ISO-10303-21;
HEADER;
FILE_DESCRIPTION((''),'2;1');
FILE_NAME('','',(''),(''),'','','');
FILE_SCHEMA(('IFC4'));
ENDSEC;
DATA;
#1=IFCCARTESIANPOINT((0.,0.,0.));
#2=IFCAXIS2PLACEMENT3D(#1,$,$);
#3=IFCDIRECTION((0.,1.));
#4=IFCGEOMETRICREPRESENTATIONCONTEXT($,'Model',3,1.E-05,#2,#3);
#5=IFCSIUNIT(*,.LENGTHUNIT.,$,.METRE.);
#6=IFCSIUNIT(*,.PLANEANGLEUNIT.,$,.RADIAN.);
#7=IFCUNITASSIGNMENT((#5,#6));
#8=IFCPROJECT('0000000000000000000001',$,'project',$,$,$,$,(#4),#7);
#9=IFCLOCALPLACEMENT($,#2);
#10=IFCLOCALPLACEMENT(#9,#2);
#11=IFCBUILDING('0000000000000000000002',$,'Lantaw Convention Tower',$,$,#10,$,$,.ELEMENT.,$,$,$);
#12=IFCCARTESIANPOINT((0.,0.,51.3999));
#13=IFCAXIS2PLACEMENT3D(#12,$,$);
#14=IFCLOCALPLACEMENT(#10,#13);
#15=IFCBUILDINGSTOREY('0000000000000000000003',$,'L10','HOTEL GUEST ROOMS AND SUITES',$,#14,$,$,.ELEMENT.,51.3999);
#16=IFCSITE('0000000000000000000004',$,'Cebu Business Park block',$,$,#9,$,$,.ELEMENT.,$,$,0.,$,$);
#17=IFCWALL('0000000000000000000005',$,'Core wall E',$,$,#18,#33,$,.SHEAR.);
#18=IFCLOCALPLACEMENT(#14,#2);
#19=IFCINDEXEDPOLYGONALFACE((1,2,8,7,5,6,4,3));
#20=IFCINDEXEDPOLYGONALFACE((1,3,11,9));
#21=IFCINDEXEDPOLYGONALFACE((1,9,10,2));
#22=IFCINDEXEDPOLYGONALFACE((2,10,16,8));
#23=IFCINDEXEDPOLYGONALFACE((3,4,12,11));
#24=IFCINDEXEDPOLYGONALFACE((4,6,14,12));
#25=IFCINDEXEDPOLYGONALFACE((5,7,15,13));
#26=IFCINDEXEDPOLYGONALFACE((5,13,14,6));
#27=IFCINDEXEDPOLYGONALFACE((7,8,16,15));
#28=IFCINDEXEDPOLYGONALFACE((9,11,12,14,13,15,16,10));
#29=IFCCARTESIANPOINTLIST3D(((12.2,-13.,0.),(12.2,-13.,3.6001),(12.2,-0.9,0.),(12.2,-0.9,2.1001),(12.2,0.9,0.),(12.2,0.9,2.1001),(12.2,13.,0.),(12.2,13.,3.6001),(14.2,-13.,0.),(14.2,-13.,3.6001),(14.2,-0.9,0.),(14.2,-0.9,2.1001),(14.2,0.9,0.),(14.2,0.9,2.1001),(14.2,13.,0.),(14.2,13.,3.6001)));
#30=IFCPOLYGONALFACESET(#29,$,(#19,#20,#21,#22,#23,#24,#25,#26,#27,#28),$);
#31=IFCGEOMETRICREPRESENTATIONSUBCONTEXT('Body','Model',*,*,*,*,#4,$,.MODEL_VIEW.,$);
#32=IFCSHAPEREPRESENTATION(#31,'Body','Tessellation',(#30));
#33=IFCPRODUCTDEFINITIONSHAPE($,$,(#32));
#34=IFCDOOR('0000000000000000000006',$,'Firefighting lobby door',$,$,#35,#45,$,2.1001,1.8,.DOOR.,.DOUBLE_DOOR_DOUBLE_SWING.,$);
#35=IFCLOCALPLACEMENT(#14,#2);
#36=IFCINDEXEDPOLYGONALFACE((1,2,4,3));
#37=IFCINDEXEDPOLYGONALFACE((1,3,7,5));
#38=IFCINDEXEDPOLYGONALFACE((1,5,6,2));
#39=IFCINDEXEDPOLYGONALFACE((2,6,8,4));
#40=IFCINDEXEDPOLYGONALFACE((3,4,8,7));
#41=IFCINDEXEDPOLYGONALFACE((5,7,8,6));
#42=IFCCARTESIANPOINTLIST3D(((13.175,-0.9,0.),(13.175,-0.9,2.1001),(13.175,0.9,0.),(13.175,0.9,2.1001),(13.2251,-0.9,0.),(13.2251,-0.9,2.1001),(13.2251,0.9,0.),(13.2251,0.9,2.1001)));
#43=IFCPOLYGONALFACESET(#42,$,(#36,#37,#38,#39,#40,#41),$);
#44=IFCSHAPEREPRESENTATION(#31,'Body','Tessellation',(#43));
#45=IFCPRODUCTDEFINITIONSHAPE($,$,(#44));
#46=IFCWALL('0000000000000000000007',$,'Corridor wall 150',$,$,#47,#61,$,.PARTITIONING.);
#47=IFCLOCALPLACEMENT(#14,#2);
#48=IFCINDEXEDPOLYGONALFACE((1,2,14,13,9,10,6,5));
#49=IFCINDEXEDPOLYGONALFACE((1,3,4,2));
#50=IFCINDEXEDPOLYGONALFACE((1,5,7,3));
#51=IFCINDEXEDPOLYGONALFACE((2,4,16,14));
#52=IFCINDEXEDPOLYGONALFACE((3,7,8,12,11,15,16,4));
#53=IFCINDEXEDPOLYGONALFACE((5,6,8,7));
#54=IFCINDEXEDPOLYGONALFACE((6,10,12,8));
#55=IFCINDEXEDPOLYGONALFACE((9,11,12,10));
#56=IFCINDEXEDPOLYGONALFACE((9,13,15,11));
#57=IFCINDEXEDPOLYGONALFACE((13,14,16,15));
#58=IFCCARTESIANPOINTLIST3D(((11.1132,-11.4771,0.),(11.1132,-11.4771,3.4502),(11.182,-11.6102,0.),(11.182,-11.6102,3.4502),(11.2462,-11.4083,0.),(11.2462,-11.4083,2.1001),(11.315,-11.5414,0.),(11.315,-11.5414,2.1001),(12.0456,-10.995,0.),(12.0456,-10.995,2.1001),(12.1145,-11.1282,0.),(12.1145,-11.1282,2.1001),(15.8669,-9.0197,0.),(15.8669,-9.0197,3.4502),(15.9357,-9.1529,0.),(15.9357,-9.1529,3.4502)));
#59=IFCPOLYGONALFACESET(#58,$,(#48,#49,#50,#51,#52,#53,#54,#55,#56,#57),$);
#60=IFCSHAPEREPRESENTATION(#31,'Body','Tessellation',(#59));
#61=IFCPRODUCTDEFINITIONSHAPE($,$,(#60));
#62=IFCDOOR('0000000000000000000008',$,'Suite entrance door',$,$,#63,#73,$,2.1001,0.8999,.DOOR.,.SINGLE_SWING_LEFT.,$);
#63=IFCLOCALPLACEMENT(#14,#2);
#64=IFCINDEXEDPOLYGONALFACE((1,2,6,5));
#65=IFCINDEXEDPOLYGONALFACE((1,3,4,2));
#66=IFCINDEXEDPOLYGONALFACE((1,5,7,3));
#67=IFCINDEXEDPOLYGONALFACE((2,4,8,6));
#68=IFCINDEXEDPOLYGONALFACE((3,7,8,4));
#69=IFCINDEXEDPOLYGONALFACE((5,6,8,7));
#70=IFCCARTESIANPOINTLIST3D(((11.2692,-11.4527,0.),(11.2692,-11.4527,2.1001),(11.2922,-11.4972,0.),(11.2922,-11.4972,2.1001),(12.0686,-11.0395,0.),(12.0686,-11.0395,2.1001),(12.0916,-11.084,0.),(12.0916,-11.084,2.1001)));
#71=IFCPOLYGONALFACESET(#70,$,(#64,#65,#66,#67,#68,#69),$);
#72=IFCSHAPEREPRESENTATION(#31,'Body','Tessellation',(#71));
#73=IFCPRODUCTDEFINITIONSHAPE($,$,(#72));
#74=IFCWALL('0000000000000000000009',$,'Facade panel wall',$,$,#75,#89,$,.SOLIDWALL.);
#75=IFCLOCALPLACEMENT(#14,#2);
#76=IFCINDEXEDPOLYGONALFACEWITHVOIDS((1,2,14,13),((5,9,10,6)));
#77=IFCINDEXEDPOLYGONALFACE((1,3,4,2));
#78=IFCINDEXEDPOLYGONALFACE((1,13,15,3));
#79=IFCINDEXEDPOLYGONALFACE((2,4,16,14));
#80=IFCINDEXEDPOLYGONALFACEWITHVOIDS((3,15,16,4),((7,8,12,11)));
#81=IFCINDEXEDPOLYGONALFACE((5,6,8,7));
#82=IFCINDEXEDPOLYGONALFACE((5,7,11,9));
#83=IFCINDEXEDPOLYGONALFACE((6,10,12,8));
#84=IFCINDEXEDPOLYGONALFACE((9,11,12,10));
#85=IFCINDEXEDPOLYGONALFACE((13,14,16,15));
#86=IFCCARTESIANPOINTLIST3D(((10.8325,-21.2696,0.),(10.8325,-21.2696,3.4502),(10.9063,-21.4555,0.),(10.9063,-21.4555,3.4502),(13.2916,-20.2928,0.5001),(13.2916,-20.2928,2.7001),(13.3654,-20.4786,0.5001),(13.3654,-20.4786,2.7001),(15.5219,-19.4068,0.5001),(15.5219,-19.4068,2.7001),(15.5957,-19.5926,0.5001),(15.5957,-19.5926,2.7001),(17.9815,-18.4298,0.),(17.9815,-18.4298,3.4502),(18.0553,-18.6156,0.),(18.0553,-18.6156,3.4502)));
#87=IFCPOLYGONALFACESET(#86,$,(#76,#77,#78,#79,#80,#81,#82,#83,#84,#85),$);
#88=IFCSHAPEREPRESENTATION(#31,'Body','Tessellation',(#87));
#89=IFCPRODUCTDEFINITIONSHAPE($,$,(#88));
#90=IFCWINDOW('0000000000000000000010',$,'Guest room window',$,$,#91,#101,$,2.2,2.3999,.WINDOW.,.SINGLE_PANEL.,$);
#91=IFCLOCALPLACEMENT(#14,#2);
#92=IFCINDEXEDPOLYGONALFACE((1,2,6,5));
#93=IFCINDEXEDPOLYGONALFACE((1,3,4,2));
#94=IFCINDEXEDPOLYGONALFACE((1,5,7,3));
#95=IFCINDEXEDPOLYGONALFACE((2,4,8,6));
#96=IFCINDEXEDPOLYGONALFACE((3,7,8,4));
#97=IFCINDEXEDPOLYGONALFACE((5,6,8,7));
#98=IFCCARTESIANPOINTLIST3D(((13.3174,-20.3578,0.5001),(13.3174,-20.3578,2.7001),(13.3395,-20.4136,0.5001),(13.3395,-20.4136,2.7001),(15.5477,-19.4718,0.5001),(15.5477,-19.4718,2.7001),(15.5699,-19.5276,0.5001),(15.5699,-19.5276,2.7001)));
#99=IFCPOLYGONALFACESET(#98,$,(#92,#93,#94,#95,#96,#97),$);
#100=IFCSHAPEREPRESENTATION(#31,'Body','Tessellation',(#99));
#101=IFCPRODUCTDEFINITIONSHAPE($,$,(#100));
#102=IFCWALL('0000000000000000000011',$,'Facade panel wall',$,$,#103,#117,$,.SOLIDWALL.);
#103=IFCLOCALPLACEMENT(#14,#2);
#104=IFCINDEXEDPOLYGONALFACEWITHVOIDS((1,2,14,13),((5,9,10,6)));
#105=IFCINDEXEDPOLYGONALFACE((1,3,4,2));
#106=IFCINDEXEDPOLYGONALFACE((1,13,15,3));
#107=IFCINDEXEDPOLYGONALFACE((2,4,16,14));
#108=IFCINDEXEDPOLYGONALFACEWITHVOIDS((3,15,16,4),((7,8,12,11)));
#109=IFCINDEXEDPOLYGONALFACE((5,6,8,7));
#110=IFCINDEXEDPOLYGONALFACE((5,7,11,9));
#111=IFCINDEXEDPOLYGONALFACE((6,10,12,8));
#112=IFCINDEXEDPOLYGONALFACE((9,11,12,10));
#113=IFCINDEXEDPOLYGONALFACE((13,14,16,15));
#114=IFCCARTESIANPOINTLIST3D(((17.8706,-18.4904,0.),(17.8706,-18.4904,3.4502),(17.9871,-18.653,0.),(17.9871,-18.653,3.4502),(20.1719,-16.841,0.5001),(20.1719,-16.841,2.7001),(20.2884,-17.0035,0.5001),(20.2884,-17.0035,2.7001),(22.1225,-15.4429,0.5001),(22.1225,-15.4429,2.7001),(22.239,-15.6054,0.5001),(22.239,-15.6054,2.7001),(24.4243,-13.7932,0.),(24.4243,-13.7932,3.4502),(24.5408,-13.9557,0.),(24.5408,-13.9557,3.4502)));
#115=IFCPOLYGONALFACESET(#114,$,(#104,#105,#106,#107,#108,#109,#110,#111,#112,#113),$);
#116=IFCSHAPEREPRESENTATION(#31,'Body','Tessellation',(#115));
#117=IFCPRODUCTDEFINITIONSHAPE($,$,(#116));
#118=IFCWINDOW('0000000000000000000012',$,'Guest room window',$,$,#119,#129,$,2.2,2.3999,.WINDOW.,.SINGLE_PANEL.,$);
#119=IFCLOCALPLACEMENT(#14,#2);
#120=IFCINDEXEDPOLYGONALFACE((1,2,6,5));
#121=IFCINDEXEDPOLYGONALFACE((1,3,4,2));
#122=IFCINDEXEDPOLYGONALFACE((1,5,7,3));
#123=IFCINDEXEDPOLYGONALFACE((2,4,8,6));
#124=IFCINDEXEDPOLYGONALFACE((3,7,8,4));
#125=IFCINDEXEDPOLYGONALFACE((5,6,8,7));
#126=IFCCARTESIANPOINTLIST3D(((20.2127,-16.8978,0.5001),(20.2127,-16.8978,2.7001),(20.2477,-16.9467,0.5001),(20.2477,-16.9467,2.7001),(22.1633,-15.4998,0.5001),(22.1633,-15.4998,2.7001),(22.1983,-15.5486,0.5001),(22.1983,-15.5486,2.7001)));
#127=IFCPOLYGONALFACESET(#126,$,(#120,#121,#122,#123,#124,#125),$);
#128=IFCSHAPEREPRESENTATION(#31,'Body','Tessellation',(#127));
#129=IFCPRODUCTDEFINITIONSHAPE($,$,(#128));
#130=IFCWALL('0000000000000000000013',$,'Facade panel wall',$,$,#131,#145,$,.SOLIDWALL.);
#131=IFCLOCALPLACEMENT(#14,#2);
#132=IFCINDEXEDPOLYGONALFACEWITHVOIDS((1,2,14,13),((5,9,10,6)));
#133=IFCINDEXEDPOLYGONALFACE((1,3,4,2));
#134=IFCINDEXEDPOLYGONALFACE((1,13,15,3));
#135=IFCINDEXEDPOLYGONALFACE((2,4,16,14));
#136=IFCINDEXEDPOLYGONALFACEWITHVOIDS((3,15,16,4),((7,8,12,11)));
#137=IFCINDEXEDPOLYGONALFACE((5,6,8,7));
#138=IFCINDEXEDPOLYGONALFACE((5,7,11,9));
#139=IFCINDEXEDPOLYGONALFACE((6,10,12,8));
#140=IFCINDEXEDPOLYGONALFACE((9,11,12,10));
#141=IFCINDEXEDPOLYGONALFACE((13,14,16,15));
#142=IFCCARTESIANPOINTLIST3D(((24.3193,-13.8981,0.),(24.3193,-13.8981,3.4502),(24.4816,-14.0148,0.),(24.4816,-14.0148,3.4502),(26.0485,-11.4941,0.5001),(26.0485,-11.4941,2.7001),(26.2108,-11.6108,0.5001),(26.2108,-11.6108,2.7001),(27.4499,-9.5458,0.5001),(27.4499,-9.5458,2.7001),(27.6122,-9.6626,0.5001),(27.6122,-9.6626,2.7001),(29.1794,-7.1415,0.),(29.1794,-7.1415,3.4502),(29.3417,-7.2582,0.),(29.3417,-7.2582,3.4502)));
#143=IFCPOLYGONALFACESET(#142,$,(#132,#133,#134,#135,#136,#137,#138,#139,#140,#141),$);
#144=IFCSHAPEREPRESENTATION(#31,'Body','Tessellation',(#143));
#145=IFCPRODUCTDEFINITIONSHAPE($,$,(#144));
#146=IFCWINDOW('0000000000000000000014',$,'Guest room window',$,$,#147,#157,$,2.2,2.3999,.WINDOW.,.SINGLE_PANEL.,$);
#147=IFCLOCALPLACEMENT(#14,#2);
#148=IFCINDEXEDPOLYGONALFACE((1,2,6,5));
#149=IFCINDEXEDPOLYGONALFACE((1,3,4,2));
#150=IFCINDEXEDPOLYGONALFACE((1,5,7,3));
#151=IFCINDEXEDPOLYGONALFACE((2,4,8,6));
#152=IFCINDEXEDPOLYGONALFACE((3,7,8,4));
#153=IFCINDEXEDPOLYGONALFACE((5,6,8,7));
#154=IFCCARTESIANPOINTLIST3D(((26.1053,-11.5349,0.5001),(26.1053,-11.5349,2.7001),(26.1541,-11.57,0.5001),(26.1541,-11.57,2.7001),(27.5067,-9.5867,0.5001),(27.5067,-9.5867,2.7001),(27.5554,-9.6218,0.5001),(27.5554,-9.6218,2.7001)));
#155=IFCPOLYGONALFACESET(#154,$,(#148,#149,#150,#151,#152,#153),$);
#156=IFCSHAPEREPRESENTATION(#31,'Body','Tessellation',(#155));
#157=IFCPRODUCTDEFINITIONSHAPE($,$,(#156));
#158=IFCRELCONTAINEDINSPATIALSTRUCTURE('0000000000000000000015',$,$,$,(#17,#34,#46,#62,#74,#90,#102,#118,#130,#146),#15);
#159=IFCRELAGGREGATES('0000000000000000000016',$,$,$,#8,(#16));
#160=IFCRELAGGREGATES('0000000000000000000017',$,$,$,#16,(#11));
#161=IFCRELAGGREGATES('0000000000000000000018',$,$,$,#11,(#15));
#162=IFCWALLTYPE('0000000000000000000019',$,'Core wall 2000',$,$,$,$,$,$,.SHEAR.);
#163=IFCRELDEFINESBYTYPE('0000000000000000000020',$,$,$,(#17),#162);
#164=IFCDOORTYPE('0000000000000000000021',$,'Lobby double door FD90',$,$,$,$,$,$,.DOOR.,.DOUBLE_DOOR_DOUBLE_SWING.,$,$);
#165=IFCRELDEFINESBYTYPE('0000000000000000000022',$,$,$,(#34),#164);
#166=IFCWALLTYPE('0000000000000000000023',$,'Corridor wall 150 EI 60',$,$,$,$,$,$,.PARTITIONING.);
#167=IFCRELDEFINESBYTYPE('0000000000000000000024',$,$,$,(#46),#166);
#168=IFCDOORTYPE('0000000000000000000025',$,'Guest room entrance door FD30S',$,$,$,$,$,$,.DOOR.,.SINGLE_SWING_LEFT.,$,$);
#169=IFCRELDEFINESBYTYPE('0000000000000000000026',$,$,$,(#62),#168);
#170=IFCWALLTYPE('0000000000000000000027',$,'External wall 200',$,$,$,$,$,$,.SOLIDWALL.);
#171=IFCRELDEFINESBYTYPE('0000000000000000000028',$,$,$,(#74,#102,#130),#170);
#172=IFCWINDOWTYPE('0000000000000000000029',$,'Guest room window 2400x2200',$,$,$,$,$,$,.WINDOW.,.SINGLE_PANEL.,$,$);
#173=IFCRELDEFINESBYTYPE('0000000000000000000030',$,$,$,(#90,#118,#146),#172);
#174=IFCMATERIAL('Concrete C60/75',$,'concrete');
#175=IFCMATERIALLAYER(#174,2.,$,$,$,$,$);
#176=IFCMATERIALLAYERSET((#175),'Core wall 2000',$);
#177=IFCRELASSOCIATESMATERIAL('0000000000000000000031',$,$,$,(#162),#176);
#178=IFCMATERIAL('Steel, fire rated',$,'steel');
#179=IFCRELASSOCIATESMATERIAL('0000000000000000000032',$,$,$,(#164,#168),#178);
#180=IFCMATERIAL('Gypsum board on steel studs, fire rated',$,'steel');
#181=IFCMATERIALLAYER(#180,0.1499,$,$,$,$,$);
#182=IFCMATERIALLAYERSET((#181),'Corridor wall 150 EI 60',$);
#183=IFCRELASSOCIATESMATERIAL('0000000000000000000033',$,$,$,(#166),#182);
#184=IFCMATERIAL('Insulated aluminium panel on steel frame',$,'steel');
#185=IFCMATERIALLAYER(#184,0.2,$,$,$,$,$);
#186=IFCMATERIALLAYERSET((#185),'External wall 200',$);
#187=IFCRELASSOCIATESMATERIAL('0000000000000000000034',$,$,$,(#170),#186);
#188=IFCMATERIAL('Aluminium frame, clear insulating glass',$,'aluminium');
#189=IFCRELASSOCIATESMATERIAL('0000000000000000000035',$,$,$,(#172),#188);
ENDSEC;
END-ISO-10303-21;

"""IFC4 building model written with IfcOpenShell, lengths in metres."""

from ifc_helpers import new_model, si_unit, direction, frame, frame_2d, origin, place, context, subcontext, project, spatial, rectangle, extrude, material, layer, layer_set, type_object, element, fill, save


model = new_model("IFC4")

# Units and contexts
model_context = context("Model", 3, precision=1e-05, world=origin(), true_north=direction((0.0, 1.0)))
body_context = subcontext(model_context, "Body", "Model", "MODEL_VIEW")
ifc_project = project(units=[si_unit("LENGTHUNIT", "METRE"), si_unit("PLANEANGLEUNIT", "RADIAN")], contexts=[model_context])

# Site, building, storey
site_placement = place(None, origin())
site = spatial("IfcSite", under=ifc_project, at=site_placement, Name="Cebu Business Park block", CompositionType="ELEMENT", RefElevation=0.0)
building_placement = place(site_placement, origin())
building = spatial("IfcBuilding", under=site, at=building_placement, Name="Lantaw Convention Tower", CompositionType="ELEMENT")
storey_placement = place(building_placement, frame((0.0, 0.0, 51.3999)))
storey = spatial("IfcBuildingStorey", under=building, at=storey_placement, Name="L10", Description="HOTEL GUEST ROOMS AND SUITES", CompositionType="ELEMENT", Elevation=51.3999)

# Shared definitions
ifc_material_1 = material(Name="Concrete C60/75", Category="concrete")

# Walls, openings, doors
ifc_layer_1 = layer(ifc_material_1, 2.0)
ifc_layer_set_1 = layer_set([ifc_layer_1], Name="Core wall 2000")
wall_type_1 = type_object("IfcWallType", Name="Core wall 2000", PredefinedType="SHEAR", material=ifc_layer_set_1)
wall_1_placement = place(storey_placement, frame((13.2, -13.0, 0.0), z_axis=(0.0, 0.0, 1.0), x_axis=(0.0, 1.0, 0.0)))
wall_1 = element("IfcWall", 1, at=wall_1_placement, inside=storey, type_object=wall_type_1, Name="Core wall E", PredefinedType="SHEAR", context=body_context, shape_type="SweptSolid", body=[
    extrude(rectangle(XDim=26.0, YDim=2.0, at=frame_2d((13.0, 0.0))), origin(), (0.0, 0.0, 1.0), 3.6001),
])
opening_1_placement = place(wall_1_placement, frame((12.1001, 0.0, 0.0)))
opening_1 = element("IfcOpeningElement", 2, at=opening_1_placement, cuts=wall_1, PredefinedType="OPENING", context=body_context, shape_type="SweptSolid", body=[
    extrude(rectangle(XDim=1.8, YDim=2.1001, at=frame_2d((0.8999, 1.05))), frame((0.0, 1.01, 0.0), z_axis=(0.0, -1.0, 0.0), x_axis=(1.0, 0.0, 0.0)), (0.0, 0.0, 1.0), 2.02),
])
ifc_material_2 = material(Name="Steel, fire rated", Category="steel")
door_type_1 = type_object("IfcDoorType", Name="Lobby double door FD90", OperationType="DOUBLE_DOOR_DOUBLE_SWING", PredefinedType="DOOR", material=ifc_material_2)
door_1_placement = place(opening_1_placement, origin())
door_1 = element("IfcDoor", 3, at=door_1_placement, inside=storey, type_object=door_type_1, Name="Firefighting lobby door", OperationType="DOUBLE_DOOR_DOUBLE_SWING", OverallHeight=2.1001, OverallWidth=1.8, PredefinedType="DOOR", context=body_context, shape_type="SweptSolid", body=[
    extrude(rectangle(XDim=1.8, YDim=2.1001, at=frame_2d((0.8999, 1.05))), frame((0.0, 0.0249, 0.0), z_axis=(0.0, -1.0, 0.0), x_axis=(1.0, 0.0, 0.0)), (0.0, 0.0, 1.0), 0.05),
])
fill(opening_1, door_1)
ifc_material_3 = material(Name="Gypsum board on steel studs, fire rated", Category="steel")
ifc_layer_2 = layer(ifc_material_3, 0.1499)
ifc_layer_set_2 = layer_set([ifc_layer_2], Name="Corridor wall 150 EI 60")
wall_type_2 = type_object("IfcWallType", Name="Corridor wall 150 EI 60", PredefinedType="PARTITIONING", material=ifc_layer_set_2)
wall_2_placement = place(storey_placement, frame((11.1475, -11.5437, 0.0), z_axis=(0.0, 0.0, 1.0), x_axis=(0.888333, 0.459199, 0.0)))
wall_2 = element("IfcWall", 4, at=wall_2_placement, inside=storey, type_object=wall_type_2, Name="Corridor wall 150", PredefinedType="PARTITIONING", context=body_context, shape_type="SweptSolid", body=[
    extrude(rectangle(XDim=5.3513, YDim=0.1499, at=frame_2d((2.6758, 0.0))), origin(), (0.0, 0.0, 1.0), 3.4502),
])
opening_2_placement = place(wall_2_placement, frame((0.1499, 0.0, 0.0)))
opening_2 = element("IfcOpeningElement", 5, at=opening_2_placement, cuts=wall_2, PredefinedType="OPENING", context=body_context, shape_type="SweptSolid", body=[
    extrude(rectangle(XDim=0.8999, YDim=2.1001, at=frame_2d((0.45, 1.05))), frame((0.0, 0.085, 0.0), z_axis=(0.0, -1.0, 0.0), x_axis=(1.0, 0.0, 0.0)), (0.0, 0.0, 1.0), 0.1699),
])
door_type_2 = type_object("IfcDoorType", Name="Guest room entrance door FD30S", OperationType="SINGLE_SWING_LEFT", PredefinedType="DOOR", material=ifc_material_2)
door_2_placement = place(opening_2_placement, origin())
door_2 = element("IfcDoor", 6, at=door_2_placement, inside=storey, type_object=door_type_2, Name="Suite entrance door", OperationType="SINGLE_SWING_LEFT", OverallHeight=2.1001, OverallWidth=0.8999, PredefinedType="DOOR", context=body_context, shape_type="SweptSolid", body=[
    extrude(rectangle(XDim=0.8999, YDim=2.1001, at=frame_2d((0.45, 1.05))), frame((0.0, 0.0249, 0.0), z_axis=(0.0, -1.0, 0.0), x_axis=(1.0, 0.0, 0.0)), (0.0, 0.0, 1.0), 0.05),
])
fill(opening_2, door_2)

# Walls, openings, windows
ifc_material_4 = material(Name="Insulated aluminium panel on steel frame", Category="steel")
ifc_layer_3 = layer(ifc_material_4, 0.2)
ifc_layer_set_3 = layer_set([ifc_layer_3], Name="External wall 200")
wall_type_3 = type_object("IfcWallType", Name="External wall 200", PredefinedType="SOLIDWALL", material=ifc_layer_set_3)
wall_3_placement = place(storey_placement, frame((10.8694, -21.3625, 0.0), z_axis=(0.0, 0.0, 1.0), x_axis=(0.929358, 0.369179, 0.0)))
wall_3 = element("IfcWall", 7, at=wall_3_placement, inside=storey, type_object=wall_type_3, Name="Facade panel wall", PredefinedType="SOLIDWALL", context=body_context, shape_type="SweptSolid", body=[
    extrude(rectangle(XDim=7.6924, YDim=0.2, at=frame_2d((3.8462, 0.0))), origin(), (0.0, 0.0, 1.0), 3.4502),
])
opening_3_placement = place(wall_3_placement, frame((2.646, 0.0, 0.5)))
opening_3 = element("IfcOpeningElement", 8, at=opening_3_placement, cuts=wall_3, PredefinedType="OPENING", context=body_context, shape_type="SweptSolid", body=[
    extrude(rectangle(XDim=2.3999, YDim=2.2, at=frame_2d((1.2, 1.1001))), frame((0.0, 0.1099, 0.0), z_axis=(0.0, -1.0, 0.0), x_axis=(1.0, 0.0, 0.0)), (0.0, 0.0, 1.0), 0.22),
])
ifc_material_5 = material(Name="Aluminium frame, clear insulating glass", Category="aluminium")
window_type = type_object("IfcWindowType", Name="Guest room window 2400x2200", PartitioningType="SINGLE_PANEL", PredefinedType="WINDOW", material=ifc_material_5)
window_1_placement = place(opening_3_placement, origin())
window_1 = element("IfcWindow", 9, at=window_1_placement, inside=storey, type_object=window_type, Name="Guest room window", OverallHeight=2.2, OverallWidth=2.3999, PartitioningType="SINGLE_PANEL", PredefinedType="WINDOW", context=body_context, shape_type="SweptSolid", body=[
    extrude(rectangle(XDim=2.3999, YDim=2.2, at=frame_2d((1.2, 1.1001))), frame((0.0, 0.03, 0.0), z_axis=(0.0, -1.0, 0.0), x_axis=(1.0, 0.0, 0.0)), (0.0, 0.0, 1.0), 0.0601),
])
fill(opening_3, window_1)
wall_4_placement = place(storey_placement, frame((17.9287, -18.5718, 0.0), z_axis=(0.0, 0.0, 1.0), x_axis=(0.812791, 0.582555, 0.0)))
wall_4 = element("IfcWall", 10, at=wall_4_placement, inside=storey, type_object=wall_type_3, Name="Facade panel wall", PredefinedType="SOLIDWALL", context=body_context, shape_type="SweptSolid", body=[
    extrude(rectangle(XDim=8.0632, YDim=0.2, at=frame_2d((4.0317, 0.0))), origin(), (0.0, 0.0, 1.0), 3.4502),
])
opening_4_placement = place(wall_4_placement, frame((2.8315, 0.0, 0.5)))
opening_4 = element("IfcOpeningElement", 11, at=opening_4_placement, cuts=wall_4, PredefinedType="OPENING", context=body_context, shape_type="SweptSolid", body=[
    extrude(rectangle(XDim=2.3999, YDim=2.2, at=frame_2d((1.2, 1.1001))), frame((0.0, 0.1099, 0.0), z_axis=(0.0, -1.0, 0.0), x_axis=(1.0, 0.0, 0.0)), (0.0, 0.0, 1.0), 0.22),
])
window_2_placement = place(opening_4_placement, origin())
window_2 = element("IfcWindow", 12, at=window_2_placement, inside=storey, type_object=window_type, Name="Guest room window", OverallHeight=2.2, OverallWidth=2.3999, PartitioningType="SINGLE_PANEL", PredefinedType="WINDOW", context=body_context, shape_type="SweptSolid", body=[
    extrude(rectangle(XDim=2.3999, YDim=2.2, at=frame_2d((1.2, 1.1001))), frame((0.0, 0.03, 0.0), z_axis=(0.0, -1.0, 0.0), x_axis=(1.0, 0.0, 0.0)), (0.0, 0.0, 1.0), 0.0601),
])
fill(opening_4, window_2)
wall_5_placement = place(storey_placement, frame((24.4004, -13.9565, 0.0), z_axis=(0.0, 0.0, 1.0), x_axis=(0.583938, 0.811799, 0.0)))
wall_5 = element("IfcWall", 13, at=wall_5_placement, inside=storey, type_object=wall_type_3, Name="Facade panel wall", PredefinedType="SOLIDWALL", context=body_context, shape_type="SweptSolid", body=[
    extrude(rectangle(XDim=8.323, YDim=0.2, at=frame_2d((4.1616, 0.0))), origin(), (0.0, 0.0, 1.0), 3.4502),
])
opening_5_placement = place(wall_5_placement, frame((2.9614, 0.0, 0.5)))
opening_5 = element("IfcOpeningElement", 14, at=opening_5_placement, cuts=wall_5, PredefinedType="OPENING", context=body_context, shape_type="SweptSolid", body=[
    extrude(rectangle(XDim=2.3999, YDim=2.2, at=frame_2d((1.2, 1.1001))), frame((0.0, 0.1099, 0.0), z_axis=(0.0, -1.0, 0.0), x_axis=(1.0, 0.0, 0.0)), (0.0, 0.0, 1.0), 0.22),
])
window_3_placement = place(opening_5_placement, origin())
window_3 = element("IfcWindow", 15, at=window_3_placement, inside=storey, type_object=window_type, Name="Guest room window", OverallHeight=2.2, OverallWidth=2.3999, PartitioningType="SINGLE_PANEL", PredefinedType="WINDOW", context=body_context, shape_type="SweptSolid", body=[
    extrude(rectangle(XDim=2.3999, YDim=2.2, at=frame_2d((1.2, 1.1001))), frame((0.0, 0.03, 0.0), z_axis=(0.0, -1.0, 0.0), x_axis=(1.0, 0.0, 0.0)), (0.0, 0.0, 1.0), 0.0601),
])
fill(opening_5, window_3)

save(model, "model.ifc")
